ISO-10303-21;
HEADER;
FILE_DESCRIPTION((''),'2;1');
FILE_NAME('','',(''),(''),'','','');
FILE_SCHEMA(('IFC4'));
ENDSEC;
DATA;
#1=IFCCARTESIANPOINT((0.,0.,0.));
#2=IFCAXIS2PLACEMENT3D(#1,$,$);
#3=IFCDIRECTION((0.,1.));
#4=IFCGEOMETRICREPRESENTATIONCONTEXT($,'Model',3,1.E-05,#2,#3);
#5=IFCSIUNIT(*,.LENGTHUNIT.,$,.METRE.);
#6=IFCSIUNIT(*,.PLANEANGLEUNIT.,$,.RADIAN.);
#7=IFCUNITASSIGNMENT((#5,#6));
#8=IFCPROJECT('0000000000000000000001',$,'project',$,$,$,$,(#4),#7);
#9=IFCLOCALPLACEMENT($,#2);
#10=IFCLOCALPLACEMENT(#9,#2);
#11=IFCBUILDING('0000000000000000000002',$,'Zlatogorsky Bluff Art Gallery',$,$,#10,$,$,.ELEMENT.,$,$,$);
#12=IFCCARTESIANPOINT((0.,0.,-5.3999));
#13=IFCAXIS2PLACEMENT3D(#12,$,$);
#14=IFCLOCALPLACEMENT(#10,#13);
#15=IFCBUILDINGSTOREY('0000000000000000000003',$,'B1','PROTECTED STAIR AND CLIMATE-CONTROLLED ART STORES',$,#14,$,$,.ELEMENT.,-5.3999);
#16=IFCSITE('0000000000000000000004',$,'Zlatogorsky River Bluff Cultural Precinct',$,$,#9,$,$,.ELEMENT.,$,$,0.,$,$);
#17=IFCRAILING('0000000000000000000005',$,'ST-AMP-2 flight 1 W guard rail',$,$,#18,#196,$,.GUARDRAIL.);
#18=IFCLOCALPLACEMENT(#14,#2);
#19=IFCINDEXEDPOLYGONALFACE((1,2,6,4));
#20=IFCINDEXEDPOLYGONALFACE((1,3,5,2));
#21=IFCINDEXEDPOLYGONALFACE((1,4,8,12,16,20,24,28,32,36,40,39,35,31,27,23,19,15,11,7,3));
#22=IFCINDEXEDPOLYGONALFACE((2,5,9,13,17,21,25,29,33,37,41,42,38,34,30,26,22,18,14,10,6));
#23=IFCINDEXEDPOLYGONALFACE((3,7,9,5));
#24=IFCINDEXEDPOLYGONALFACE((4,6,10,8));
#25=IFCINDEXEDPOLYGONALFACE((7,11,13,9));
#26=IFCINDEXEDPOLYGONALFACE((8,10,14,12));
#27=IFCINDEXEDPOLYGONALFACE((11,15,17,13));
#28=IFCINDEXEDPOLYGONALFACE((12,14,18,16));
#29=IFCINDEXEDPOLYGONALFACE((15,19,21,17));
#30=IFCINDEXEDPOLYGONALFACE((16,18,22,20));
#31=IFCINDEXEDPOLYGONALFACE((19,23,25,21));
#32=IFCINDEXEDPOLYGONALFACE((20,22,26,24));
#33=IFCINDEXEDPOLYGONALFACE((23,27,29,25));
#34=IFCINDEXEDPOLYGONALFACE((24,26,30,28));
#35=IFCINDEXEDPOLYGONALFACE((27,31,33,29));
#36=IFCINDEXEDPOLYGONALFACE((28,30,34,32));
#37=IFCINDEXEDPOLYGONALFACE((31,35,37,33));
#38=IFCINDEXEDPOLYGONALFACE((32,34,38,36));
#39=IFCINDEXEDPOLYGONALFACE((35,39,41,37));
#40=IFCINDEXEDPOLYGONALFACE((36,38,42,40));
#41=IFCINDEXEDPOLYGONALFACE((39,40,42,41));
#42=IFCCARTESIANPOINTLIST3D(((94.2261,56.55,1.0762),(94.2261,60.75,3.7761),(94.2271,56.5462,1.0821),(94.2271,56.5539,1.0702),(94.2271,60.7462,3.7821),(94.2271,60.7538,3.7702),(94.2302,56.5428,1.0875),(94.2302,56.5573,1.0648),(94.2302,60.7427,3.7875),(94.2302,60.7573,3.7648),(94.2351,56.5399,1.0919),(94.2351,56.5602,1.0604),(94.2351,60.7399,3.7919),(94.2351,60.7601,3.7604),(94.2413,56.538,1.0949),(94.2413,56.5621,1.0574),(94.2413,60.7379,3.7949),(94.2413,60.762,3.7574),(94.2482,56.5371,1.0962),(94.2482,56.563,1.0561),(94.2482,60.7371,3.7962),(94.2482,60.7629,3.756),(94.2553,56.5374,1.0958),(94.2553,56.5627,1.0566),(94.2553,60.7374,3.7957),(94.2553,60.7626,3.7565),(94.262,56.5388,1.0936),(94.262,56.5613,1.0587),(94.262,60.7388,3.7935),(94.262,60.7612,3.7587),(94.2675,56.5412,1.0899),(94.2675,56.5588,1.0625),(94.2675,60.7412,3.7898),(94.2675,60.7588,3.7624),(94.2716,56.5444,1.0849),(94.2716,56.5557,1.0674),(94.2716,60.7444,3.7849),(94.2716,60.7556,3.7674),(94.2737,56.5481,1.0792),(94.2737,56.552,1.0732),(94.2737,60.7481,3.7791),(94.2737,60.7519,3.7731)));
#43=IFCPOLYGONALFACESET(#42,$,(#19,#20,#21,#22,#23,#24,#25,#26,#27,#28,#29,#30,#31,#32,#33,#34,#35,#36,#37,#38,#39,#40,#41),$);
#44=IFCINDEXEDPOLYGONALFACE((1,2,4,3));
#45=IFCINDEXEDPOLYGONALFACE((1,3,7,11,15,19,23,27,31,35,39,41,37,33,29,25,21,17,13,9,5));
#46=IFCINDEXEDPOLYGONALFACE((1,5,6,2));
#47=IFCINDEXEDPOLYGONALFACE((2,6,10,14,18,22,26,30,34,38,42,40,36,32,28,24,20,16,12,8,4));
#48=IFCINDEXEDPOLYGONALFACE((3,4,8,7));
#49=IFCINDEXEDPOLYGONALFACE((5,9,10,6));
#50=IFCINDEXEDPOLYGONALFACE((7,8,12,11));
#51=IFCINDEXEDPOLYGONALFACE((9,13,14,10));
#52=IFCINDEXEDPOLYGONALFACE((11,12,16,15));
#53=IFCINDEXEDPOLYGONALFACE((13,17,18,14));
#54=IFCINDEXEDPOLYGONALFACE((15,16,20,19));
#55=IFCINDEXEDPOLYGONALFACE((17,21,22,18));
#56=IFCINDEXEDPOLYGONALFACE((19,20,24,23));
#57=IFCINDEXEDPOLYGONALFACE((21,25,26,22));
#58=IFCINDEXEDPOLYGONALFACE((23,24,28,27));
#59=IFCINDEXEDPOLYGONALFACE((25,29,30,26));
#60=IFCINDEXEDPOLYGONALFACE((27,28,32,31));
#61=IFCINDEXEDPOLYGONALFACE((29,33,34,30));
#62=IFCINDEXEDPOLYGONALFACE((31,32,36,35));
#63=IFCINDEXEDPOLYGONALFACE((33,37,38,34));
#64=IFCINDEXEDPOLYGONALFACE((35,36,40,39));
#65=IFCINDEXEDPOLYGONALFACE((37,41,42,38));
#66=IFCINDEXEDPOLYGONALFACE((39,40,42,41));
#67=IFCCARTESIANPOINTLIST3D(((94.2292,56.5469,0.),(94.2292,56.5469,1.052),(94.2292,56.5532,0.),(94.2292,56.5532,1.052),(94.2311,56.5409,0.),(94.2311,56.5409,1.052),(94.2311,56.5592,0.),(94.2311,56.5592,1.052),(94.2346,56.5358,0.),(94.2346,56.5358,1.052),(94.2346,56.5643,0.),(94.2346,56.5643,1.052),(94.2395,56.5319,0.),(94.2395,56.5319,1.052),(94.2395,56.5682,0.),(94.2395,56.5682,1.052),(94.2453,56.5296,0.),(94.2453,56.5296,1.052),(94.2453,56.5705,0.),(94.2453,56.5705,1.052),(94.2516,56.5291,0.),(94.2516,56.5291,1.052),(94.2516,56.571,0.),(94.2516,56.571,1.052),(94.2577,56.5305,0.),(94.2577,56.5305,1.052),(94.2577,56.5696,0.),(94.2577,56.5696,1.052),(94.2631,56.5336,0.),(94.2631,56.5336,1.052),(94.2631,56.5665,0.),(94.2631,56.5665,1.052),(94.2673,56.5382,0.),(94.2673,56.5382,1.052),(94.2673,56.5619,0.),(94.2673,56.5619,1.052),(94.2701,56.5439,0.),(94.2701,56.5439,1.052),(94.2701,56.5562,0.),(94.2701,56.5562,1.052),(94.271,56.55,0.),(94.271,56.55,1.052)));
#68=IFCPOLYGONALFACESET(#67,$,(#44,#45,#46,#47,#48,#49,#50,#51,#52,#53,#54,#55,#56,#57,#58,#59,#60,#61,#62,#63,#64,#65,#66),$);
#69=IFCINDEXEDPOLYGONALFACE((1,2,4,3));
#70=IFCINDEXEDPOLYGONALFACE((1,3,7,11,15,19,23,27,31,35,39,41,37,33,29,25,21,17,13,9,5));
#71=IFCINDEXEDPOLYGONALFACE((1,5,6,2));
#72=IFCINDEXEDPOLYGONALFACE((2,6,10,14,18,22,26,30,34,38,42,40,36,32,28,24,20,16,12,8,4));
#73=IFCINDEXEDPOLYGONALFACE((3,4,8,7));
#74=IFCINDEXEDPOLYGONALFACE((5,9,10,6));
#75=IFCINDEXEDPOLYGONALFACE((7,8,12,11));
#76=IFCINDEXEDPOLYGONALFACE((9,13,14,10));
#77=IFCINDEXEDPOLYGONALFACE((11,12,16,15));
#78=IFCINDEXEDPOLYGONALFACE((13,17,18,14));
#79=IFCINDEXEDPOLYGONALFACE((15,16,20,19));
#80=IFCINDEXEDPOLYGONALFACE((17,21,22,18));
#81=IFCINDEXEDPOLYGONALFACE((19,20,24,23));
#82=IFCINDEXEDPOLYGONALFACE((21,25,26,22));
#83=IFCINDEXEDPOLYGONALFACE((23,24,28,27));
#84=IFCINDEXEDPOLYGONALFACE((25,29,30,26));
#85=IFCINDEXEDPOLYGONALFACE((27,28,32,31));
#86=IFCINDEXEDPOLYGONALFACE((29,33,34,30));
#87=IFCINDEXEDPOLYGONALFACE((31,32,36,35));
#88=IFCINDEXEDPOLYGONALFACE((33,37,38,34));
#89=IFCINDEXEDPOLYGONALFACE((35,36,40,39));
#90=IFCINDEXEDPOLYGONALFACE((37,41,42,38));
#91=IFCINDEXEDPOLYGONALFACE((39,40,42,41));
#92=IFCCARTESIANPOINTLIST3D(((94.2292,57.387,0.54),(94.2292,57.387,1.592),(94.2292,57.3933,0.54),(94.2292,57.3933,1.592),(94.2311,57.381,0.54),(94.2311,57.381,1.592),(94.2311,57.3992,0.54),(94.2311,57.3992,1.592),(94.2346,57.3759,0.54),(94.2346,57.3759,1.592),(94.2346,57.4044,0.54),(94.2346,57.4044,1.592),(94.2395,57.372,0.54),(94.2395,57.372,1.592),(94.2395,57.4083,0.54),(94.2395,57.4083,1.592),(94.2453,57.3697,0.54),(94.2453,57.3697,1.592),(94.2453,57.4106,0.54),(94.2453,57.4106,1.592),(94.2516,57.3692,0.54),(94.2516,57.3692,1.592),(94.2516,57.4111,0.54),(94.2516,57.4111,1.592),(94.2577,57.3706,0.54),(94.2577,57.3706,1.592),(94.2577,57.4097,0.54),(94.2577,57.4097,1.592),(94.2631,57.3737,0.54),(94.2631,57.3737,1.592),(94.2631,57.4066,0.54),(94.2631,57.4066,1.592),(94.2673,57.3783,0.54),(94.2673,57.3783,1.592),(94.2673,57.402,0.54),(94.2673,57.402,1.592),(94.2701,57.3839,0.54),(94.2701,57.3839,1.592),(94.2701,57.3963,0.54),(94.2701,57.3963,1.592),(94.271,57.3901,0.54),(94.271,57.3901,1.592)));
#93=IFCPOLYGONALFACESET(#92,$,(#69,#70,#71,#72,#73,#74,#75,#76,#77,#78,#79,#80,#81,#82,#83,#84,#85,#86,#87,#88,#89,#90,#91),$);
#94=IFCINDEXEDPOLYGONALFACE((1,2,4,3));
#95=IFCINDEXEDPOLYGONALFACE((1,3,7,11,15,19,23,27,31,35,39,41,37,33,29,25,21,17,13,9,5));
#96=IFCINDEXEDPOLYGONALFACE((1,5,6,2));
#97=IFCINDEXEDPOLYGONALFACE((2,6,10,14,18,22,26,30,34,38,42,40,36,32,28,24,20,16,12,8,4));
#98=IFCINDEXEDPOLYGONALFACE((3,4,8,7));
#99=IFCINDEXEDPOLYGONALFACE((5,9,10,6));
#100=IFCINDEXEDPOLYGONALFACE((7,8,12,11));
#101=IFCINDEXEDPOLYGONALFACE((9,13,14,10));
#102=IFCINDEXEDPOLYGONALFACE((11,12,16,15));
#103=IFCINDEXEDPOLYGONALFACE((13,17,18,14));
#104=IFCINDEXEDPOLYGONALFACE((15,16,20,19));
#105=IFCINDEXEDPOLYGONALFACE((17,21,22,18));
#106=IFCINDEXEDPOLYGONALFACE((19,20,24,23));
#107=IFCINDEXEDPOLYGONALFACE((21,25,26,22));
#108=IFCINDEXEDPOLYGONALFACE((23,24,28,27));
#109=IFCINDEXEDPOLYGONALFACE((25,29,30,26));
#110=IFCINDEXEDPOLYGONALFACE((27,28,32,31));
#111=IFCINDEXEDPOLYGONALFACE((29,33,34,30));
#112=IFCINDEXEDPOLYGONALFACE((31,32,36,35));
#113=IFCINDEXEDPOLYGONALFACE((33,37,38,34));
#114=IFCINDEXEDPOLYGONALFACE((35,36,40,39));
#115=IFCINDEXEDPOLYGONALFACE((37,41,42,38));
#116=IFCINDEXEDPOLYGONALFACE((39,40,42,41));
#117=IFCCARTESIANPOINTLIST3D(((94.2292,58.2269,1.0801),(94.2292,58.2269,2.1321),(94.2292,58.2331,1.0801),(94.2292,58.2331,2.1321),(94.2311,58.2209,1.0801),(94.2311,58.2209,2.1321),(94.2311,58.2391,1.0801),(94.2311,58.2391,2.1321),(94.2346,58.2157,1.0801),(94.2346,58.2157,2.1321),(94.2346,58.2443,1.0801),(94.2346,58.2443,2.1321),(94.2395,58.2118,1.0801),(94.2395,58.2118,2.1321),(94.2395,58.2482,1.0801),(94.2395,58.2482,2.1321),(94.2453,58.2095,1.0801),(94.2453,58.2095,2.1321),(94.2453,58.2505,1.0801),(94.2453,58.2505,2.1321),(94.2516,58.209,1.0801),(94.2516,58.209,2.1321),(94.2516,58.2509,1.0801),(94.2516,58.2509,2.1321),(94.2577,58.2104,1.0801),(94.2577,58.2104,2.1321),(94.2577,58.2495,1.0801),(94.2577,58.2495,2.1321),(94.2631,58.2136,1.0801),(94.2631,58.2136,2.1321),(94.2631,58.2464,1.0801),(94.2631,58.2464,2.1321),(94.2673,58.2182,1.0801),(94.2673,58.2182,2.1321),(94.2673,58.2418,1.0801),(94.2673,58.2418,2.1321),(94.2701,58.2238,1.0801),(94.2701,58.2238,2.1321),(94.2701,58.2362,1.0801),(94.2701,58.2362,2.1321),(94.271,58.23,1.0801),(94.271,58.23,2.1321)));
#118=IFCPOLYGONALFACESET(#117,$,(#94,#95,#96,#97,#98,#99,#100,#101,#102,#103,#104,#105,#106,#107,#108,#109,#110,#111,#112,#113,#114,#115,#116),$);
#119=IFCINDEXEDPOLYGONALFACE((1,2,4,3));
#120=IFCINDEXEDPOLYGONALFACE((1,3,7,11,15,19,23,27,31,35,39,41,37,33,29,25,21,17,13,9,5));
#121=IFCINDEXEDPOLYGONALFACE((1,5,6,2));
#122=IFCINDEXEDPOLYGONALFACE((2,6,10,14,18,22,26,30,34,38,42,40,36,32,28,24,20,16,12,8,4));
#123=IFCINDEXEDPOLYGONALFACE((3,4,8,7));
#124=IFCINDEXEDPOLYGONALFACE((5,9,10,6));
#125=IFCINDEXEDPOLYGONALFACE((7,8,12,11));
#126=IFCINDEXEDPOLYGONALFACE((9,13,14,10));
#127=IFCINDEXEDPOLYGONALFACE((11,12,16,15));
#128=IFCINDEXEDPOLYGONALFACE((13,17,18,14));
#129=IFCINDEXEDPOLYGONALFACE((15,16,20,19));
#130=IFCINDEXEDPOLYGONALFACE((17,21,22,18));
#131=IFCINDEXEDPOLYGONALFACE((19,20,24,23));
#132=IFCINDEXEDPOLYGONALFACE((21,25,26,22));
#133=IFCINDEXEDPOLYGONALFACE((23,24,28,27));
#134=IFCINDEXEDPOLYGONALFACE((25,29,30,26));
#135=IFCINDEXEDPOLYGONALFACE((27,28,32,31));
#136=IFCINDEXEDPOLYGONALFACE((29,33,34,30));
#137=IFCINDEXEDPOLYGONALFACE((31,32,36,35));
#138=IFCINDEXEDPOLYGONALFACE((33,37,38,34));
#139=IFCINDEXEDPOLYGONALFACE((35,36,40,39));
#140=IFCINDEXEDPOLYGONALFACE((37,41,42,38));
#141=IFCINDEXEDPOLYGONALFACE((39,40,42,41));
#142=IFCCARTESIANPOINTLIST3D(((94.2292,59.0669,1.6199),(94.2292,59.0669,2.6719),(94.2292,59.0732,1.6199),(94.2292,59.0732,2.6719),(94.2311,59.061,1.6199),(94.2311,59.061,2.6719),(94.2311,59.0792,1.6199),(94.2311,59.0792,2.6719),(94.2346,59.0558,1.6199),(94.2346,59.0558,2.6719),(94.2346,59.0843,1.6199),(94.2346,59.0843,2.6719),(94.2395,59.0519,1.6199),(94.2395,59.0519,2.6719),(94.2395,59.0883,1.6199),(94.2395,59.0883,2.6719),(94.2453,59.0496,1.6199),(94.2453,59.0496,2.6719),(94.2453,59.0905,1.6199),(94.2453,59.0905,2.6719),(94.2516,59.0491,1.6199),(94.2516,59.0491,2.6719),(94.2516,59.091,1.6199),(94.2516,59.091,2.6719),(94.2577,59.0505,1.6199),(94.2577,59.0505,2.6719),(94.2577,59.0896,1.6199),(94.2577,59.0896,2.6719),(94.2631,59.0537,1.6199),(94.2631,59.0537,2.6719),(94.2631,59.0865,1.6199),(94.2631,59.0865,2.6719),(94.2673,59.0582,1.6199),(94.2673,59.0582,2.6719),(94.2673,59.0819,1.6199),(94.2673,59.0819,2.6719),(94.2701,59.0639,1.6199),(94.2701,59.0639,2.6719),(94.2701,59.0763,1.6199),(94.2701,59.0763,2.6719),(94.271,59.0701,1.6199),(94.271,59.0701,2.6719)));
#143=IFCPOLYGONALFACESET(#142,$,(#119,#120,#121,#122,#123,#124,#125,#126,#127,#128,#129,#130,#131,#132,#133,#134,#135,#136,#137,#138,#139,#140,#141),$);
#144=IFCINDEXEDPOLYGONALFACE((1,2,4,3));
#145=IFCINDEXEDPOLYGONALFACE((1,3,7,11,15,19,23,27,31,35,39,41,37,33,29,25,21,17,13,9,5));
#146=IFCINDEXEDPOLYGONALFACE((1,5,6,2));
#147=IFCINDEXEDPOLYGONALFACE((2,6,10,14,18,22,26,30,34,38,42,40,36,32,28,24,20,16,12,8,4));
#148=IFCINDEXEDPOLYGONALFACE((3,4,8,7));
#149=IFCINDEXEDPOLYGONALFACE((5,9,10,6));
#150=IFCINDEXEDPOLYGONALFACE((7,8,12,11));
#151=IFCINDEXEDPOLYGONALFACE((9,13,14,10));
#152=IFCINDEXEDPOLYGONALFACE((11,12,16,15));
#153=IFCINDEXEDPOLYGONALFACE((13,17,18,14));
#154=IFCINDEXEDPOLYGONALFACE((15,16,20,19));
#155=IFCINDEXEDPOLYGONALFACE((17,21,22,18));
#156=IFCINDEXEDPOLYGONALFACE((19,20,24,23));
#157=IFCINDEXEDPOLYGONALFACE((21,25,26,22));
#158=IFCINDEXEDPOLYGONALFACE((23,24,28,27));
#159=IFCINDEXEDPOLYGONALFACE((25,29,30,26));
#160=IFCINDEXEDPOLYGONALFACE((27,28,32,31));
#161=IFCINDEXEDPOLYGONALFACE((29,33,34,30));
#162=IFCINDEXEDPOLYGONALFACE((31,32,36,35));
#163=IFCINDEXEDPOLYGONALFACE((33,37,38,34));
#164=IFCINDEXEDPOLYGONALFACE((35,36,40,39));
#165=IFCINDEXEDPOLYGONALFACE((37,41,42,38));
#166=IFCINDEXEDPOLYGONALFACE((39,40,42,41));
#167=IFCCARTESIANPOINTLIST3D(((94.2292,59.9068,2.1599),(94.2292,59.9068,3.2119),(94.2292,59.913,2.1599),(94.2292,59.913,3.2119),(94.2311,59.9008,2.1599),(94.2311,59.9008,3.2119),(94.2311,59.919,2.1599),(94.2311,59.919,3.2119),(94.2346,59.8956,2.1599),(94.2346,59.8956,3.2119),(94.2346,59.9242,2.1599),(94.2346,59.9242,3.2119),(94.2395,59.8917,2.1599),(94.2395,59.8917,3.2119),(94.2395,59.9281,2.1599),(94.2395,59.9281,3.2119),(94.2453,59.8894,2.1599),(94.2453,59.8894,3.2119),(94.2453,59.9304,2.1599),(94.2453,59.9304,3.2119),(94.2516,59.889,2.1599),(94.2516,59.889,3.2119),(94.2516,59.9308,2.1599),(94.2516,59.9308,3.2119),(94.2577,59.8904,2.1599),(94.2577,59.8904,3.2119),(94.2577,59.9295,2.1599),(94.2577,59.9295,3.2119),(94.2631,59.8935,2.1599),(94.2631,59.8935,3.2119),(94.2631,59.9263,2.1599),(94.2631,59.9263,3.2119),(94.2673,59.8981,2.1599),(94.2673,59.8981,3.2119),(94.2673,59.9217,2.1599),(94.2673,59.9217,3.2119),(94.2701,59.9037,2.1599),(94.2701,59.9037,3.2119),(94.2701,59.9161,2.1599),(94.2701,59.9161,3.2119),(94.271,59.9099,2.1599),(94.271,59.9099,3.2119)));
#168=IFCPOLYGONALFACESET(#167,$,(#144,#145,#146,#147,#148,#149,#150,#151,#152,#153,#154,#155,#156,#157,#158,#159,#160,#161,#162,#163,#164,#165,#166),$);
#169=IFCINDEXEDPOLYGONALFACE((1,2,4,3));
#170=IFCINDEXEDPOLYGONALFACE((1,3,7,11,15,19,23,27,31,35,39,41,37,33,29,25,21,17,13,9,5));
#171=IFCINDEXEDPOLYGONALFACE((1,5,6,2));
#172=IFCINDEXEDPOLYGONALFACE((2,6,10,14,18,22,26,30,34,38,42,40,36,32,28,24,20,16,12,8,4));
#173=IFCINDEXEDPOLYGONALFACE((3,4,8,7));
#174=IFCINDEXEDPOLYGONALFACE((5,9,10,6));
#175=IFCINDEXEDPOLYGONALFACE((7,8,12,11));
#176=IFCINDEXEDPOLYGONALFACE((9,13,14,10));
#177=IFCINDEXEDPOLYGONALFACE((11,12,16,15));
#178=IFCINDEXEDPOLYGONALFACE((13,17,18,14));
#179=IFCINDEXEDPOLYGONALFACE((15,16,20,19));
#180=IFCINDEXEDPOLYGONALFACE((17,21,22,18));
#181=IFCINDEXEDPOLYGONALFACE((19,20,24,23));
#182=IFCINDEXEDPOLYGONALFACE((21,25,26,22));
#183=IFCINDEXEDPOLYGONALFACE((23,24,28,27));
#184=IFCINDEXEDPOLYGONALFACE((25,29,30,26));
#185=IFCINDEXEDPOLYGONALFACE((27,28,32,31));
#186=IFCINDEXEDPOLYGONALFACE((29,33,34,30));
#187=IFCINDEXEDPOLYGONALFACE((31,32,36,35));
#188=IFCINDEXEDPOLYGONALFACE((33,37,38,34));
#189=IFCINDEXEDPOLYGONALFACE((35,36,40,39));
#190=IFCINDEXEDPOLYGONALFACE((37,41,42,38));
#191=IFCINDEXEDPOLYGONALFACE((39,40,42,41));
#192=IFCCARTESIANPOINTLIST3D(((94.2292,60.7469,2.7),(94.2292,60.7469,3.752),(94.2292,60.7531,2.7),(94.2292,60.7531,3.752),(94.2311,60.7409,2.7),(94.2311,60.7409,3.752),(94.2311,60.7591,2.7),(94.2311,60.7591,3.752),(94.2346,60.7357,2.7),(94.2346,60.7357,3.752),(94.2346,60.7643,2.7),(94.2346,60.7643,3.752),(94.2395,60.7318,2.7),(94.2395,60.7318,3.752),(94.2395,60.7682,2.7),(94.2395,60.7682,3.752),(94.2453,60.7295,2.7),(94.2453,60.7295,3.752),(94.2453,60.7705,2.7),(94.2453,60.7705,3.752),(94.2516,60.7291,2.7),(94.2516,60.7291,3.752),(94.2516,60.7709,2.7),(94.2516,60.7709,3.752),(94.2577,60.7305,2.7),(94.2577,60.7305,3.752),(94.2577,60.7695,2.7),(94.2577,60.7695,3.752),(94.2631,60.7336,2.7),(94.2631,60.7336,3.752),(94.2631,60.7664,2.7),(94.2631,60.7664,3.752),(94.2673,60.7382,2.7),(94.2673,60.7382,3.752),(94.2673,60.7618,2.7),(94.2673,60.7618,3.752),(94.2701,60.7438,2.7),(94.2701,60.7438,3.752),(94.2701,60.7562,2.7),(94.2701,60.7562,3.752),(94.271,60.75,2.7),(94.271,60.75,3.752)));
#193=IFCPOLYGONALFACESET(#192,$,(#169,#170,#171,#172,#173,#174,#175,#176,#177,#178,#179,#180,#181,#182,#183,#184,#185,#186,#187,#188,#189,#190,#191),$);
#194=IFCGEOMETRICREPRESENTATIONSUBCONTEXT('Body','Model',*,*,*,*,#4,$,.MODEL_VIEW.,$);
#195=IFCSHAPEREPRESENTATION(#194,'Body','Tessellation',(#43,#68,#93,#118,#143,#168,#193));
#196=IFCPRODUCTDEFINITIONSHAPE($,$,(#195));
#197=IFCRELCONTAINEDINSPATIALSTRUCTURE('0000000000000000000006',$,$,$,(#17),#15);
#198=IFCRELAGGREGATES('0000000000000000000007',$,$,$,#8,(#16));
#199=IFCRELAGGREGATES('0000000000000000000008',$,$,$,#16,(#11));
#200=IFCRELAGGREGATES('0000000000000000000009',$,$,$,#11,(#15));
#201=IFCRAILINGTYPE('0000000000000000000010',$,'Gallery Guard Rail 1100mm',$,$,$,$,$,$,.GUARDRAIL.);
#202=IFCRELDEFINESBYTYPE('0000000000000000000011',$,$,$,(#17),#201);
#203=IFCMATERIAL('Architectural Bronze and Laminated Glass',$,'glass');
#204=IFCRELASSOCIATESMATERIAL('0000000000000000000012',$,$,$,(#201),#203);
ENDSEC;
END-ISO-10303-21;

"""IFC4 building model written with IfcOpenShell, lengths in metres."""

from ifc_helpers import new_model, si_unit, direction, frame, origin, origin_2d, place, context, subcontext, project, spatial, circle, extrude, material, type_object, element, save


model = new_model("IFC4")

# Units and contexts
model_context = context("Model", 3, precision=1e-05, world=origin(), true_north=direction((0.0, 1.0)))
body_context = subcontext(model_context, "Body", "Model", "MODEL_VIEW")
ifc_project = project(units=[si_unit("LENGTHUNIT", "METRE"), si_unit("PLANEANGLEUNIT", "RADIAN")], contexts=[model_context])

# Site, building, storey
site_placement = place(None, origin())
site = spatial("IfcSite", under=ifc_project, at=site_placement, Name="Zlatogorsky River Bluff Cultural Precinct", CompositionType="ELEMENT", RefElevation=0.0)
building_placement = place(site_placement, origin())
building = spatial("IfcBuilding", under=site, at=building_placement, Name="Zlatogorsky Bluff Art Gallery", CompositionType="ELEMENT")
storey_placement = place(building_placement, frame((0.0, 0.0, -5.3999)))
storey = spatial("IfcBuildingStorey", under=building, at=storey_placement, Name="B1", Description="PROTECTED STAIR AND CLIMATE-CONTROLLED ART STORES", CompositionType="ELEMENT", Elevation=-5.3999)

# Railing
ifc_material_1 = material(Name="Architectural Bronze and Laminated Glass", Category="glass")
railing_type_1 = type_object("IfcRailingType", Name="Gallery Guard Rail 1100mm", PredefinedType="GUARDRAIL", material=ifc_material_1)
for number, where, name in (
    (1, (94.25, 56.55, 0.0), "ST-AMP-2 flight 1 W guard rail"),
):
    element("IfcRailing", number, at=place(storey_placement, frame(where)), inside=storey, type_object=railing_type_1, Name=name, PredefinedType="GUARDRAIL", context=body_context, shape_type="SweptSolid", body=[
        extrude(circle(Radius=0.0239, at=origin_2d()), frame((0.0, 0.0, 1.0762), z_axis=(0.0, 0.84118, 0.540755), x_axis=(-1.0, 0.0, 0.0)), (0.0, 0.0, 1.0), 4.9929),
        extrude(circle(Radius=0.021, at=origin_2d()), origin(), (0.0, 0.0, 1.0), 1.052),
        extrude(circle(Radius=0.021, at=origin_2d()), frame((0.0, 0.8401, 0.54)), (0.0, 0.0, 1.0), 1.052),
        extrude(circle(Radius=0.021, at=origin_2d()), frame((0.0, 1.6799, 1.0801)), (0.0, 0.0, 1.0), 1.052),
        extrude(circle(Radius=0.021, at=origin_2d()), frame((0.0, 2.52, 1.6199)), (0.0, 0.0, 1.0), 1.052),
        extrude(circle(Radius=0.021, at=origin_2d()), frame((0.0, 3.3599, 2.1599)), (0.0, 0.0, 1.0), 1.052),
        extrude(circle(Radius=0.021, at=origin_2d()), frame((0.0, 4.2, 2.7)), (0.0, 0.0, 1.0), 1.052),
    ])

save(model, "model.ifc")
